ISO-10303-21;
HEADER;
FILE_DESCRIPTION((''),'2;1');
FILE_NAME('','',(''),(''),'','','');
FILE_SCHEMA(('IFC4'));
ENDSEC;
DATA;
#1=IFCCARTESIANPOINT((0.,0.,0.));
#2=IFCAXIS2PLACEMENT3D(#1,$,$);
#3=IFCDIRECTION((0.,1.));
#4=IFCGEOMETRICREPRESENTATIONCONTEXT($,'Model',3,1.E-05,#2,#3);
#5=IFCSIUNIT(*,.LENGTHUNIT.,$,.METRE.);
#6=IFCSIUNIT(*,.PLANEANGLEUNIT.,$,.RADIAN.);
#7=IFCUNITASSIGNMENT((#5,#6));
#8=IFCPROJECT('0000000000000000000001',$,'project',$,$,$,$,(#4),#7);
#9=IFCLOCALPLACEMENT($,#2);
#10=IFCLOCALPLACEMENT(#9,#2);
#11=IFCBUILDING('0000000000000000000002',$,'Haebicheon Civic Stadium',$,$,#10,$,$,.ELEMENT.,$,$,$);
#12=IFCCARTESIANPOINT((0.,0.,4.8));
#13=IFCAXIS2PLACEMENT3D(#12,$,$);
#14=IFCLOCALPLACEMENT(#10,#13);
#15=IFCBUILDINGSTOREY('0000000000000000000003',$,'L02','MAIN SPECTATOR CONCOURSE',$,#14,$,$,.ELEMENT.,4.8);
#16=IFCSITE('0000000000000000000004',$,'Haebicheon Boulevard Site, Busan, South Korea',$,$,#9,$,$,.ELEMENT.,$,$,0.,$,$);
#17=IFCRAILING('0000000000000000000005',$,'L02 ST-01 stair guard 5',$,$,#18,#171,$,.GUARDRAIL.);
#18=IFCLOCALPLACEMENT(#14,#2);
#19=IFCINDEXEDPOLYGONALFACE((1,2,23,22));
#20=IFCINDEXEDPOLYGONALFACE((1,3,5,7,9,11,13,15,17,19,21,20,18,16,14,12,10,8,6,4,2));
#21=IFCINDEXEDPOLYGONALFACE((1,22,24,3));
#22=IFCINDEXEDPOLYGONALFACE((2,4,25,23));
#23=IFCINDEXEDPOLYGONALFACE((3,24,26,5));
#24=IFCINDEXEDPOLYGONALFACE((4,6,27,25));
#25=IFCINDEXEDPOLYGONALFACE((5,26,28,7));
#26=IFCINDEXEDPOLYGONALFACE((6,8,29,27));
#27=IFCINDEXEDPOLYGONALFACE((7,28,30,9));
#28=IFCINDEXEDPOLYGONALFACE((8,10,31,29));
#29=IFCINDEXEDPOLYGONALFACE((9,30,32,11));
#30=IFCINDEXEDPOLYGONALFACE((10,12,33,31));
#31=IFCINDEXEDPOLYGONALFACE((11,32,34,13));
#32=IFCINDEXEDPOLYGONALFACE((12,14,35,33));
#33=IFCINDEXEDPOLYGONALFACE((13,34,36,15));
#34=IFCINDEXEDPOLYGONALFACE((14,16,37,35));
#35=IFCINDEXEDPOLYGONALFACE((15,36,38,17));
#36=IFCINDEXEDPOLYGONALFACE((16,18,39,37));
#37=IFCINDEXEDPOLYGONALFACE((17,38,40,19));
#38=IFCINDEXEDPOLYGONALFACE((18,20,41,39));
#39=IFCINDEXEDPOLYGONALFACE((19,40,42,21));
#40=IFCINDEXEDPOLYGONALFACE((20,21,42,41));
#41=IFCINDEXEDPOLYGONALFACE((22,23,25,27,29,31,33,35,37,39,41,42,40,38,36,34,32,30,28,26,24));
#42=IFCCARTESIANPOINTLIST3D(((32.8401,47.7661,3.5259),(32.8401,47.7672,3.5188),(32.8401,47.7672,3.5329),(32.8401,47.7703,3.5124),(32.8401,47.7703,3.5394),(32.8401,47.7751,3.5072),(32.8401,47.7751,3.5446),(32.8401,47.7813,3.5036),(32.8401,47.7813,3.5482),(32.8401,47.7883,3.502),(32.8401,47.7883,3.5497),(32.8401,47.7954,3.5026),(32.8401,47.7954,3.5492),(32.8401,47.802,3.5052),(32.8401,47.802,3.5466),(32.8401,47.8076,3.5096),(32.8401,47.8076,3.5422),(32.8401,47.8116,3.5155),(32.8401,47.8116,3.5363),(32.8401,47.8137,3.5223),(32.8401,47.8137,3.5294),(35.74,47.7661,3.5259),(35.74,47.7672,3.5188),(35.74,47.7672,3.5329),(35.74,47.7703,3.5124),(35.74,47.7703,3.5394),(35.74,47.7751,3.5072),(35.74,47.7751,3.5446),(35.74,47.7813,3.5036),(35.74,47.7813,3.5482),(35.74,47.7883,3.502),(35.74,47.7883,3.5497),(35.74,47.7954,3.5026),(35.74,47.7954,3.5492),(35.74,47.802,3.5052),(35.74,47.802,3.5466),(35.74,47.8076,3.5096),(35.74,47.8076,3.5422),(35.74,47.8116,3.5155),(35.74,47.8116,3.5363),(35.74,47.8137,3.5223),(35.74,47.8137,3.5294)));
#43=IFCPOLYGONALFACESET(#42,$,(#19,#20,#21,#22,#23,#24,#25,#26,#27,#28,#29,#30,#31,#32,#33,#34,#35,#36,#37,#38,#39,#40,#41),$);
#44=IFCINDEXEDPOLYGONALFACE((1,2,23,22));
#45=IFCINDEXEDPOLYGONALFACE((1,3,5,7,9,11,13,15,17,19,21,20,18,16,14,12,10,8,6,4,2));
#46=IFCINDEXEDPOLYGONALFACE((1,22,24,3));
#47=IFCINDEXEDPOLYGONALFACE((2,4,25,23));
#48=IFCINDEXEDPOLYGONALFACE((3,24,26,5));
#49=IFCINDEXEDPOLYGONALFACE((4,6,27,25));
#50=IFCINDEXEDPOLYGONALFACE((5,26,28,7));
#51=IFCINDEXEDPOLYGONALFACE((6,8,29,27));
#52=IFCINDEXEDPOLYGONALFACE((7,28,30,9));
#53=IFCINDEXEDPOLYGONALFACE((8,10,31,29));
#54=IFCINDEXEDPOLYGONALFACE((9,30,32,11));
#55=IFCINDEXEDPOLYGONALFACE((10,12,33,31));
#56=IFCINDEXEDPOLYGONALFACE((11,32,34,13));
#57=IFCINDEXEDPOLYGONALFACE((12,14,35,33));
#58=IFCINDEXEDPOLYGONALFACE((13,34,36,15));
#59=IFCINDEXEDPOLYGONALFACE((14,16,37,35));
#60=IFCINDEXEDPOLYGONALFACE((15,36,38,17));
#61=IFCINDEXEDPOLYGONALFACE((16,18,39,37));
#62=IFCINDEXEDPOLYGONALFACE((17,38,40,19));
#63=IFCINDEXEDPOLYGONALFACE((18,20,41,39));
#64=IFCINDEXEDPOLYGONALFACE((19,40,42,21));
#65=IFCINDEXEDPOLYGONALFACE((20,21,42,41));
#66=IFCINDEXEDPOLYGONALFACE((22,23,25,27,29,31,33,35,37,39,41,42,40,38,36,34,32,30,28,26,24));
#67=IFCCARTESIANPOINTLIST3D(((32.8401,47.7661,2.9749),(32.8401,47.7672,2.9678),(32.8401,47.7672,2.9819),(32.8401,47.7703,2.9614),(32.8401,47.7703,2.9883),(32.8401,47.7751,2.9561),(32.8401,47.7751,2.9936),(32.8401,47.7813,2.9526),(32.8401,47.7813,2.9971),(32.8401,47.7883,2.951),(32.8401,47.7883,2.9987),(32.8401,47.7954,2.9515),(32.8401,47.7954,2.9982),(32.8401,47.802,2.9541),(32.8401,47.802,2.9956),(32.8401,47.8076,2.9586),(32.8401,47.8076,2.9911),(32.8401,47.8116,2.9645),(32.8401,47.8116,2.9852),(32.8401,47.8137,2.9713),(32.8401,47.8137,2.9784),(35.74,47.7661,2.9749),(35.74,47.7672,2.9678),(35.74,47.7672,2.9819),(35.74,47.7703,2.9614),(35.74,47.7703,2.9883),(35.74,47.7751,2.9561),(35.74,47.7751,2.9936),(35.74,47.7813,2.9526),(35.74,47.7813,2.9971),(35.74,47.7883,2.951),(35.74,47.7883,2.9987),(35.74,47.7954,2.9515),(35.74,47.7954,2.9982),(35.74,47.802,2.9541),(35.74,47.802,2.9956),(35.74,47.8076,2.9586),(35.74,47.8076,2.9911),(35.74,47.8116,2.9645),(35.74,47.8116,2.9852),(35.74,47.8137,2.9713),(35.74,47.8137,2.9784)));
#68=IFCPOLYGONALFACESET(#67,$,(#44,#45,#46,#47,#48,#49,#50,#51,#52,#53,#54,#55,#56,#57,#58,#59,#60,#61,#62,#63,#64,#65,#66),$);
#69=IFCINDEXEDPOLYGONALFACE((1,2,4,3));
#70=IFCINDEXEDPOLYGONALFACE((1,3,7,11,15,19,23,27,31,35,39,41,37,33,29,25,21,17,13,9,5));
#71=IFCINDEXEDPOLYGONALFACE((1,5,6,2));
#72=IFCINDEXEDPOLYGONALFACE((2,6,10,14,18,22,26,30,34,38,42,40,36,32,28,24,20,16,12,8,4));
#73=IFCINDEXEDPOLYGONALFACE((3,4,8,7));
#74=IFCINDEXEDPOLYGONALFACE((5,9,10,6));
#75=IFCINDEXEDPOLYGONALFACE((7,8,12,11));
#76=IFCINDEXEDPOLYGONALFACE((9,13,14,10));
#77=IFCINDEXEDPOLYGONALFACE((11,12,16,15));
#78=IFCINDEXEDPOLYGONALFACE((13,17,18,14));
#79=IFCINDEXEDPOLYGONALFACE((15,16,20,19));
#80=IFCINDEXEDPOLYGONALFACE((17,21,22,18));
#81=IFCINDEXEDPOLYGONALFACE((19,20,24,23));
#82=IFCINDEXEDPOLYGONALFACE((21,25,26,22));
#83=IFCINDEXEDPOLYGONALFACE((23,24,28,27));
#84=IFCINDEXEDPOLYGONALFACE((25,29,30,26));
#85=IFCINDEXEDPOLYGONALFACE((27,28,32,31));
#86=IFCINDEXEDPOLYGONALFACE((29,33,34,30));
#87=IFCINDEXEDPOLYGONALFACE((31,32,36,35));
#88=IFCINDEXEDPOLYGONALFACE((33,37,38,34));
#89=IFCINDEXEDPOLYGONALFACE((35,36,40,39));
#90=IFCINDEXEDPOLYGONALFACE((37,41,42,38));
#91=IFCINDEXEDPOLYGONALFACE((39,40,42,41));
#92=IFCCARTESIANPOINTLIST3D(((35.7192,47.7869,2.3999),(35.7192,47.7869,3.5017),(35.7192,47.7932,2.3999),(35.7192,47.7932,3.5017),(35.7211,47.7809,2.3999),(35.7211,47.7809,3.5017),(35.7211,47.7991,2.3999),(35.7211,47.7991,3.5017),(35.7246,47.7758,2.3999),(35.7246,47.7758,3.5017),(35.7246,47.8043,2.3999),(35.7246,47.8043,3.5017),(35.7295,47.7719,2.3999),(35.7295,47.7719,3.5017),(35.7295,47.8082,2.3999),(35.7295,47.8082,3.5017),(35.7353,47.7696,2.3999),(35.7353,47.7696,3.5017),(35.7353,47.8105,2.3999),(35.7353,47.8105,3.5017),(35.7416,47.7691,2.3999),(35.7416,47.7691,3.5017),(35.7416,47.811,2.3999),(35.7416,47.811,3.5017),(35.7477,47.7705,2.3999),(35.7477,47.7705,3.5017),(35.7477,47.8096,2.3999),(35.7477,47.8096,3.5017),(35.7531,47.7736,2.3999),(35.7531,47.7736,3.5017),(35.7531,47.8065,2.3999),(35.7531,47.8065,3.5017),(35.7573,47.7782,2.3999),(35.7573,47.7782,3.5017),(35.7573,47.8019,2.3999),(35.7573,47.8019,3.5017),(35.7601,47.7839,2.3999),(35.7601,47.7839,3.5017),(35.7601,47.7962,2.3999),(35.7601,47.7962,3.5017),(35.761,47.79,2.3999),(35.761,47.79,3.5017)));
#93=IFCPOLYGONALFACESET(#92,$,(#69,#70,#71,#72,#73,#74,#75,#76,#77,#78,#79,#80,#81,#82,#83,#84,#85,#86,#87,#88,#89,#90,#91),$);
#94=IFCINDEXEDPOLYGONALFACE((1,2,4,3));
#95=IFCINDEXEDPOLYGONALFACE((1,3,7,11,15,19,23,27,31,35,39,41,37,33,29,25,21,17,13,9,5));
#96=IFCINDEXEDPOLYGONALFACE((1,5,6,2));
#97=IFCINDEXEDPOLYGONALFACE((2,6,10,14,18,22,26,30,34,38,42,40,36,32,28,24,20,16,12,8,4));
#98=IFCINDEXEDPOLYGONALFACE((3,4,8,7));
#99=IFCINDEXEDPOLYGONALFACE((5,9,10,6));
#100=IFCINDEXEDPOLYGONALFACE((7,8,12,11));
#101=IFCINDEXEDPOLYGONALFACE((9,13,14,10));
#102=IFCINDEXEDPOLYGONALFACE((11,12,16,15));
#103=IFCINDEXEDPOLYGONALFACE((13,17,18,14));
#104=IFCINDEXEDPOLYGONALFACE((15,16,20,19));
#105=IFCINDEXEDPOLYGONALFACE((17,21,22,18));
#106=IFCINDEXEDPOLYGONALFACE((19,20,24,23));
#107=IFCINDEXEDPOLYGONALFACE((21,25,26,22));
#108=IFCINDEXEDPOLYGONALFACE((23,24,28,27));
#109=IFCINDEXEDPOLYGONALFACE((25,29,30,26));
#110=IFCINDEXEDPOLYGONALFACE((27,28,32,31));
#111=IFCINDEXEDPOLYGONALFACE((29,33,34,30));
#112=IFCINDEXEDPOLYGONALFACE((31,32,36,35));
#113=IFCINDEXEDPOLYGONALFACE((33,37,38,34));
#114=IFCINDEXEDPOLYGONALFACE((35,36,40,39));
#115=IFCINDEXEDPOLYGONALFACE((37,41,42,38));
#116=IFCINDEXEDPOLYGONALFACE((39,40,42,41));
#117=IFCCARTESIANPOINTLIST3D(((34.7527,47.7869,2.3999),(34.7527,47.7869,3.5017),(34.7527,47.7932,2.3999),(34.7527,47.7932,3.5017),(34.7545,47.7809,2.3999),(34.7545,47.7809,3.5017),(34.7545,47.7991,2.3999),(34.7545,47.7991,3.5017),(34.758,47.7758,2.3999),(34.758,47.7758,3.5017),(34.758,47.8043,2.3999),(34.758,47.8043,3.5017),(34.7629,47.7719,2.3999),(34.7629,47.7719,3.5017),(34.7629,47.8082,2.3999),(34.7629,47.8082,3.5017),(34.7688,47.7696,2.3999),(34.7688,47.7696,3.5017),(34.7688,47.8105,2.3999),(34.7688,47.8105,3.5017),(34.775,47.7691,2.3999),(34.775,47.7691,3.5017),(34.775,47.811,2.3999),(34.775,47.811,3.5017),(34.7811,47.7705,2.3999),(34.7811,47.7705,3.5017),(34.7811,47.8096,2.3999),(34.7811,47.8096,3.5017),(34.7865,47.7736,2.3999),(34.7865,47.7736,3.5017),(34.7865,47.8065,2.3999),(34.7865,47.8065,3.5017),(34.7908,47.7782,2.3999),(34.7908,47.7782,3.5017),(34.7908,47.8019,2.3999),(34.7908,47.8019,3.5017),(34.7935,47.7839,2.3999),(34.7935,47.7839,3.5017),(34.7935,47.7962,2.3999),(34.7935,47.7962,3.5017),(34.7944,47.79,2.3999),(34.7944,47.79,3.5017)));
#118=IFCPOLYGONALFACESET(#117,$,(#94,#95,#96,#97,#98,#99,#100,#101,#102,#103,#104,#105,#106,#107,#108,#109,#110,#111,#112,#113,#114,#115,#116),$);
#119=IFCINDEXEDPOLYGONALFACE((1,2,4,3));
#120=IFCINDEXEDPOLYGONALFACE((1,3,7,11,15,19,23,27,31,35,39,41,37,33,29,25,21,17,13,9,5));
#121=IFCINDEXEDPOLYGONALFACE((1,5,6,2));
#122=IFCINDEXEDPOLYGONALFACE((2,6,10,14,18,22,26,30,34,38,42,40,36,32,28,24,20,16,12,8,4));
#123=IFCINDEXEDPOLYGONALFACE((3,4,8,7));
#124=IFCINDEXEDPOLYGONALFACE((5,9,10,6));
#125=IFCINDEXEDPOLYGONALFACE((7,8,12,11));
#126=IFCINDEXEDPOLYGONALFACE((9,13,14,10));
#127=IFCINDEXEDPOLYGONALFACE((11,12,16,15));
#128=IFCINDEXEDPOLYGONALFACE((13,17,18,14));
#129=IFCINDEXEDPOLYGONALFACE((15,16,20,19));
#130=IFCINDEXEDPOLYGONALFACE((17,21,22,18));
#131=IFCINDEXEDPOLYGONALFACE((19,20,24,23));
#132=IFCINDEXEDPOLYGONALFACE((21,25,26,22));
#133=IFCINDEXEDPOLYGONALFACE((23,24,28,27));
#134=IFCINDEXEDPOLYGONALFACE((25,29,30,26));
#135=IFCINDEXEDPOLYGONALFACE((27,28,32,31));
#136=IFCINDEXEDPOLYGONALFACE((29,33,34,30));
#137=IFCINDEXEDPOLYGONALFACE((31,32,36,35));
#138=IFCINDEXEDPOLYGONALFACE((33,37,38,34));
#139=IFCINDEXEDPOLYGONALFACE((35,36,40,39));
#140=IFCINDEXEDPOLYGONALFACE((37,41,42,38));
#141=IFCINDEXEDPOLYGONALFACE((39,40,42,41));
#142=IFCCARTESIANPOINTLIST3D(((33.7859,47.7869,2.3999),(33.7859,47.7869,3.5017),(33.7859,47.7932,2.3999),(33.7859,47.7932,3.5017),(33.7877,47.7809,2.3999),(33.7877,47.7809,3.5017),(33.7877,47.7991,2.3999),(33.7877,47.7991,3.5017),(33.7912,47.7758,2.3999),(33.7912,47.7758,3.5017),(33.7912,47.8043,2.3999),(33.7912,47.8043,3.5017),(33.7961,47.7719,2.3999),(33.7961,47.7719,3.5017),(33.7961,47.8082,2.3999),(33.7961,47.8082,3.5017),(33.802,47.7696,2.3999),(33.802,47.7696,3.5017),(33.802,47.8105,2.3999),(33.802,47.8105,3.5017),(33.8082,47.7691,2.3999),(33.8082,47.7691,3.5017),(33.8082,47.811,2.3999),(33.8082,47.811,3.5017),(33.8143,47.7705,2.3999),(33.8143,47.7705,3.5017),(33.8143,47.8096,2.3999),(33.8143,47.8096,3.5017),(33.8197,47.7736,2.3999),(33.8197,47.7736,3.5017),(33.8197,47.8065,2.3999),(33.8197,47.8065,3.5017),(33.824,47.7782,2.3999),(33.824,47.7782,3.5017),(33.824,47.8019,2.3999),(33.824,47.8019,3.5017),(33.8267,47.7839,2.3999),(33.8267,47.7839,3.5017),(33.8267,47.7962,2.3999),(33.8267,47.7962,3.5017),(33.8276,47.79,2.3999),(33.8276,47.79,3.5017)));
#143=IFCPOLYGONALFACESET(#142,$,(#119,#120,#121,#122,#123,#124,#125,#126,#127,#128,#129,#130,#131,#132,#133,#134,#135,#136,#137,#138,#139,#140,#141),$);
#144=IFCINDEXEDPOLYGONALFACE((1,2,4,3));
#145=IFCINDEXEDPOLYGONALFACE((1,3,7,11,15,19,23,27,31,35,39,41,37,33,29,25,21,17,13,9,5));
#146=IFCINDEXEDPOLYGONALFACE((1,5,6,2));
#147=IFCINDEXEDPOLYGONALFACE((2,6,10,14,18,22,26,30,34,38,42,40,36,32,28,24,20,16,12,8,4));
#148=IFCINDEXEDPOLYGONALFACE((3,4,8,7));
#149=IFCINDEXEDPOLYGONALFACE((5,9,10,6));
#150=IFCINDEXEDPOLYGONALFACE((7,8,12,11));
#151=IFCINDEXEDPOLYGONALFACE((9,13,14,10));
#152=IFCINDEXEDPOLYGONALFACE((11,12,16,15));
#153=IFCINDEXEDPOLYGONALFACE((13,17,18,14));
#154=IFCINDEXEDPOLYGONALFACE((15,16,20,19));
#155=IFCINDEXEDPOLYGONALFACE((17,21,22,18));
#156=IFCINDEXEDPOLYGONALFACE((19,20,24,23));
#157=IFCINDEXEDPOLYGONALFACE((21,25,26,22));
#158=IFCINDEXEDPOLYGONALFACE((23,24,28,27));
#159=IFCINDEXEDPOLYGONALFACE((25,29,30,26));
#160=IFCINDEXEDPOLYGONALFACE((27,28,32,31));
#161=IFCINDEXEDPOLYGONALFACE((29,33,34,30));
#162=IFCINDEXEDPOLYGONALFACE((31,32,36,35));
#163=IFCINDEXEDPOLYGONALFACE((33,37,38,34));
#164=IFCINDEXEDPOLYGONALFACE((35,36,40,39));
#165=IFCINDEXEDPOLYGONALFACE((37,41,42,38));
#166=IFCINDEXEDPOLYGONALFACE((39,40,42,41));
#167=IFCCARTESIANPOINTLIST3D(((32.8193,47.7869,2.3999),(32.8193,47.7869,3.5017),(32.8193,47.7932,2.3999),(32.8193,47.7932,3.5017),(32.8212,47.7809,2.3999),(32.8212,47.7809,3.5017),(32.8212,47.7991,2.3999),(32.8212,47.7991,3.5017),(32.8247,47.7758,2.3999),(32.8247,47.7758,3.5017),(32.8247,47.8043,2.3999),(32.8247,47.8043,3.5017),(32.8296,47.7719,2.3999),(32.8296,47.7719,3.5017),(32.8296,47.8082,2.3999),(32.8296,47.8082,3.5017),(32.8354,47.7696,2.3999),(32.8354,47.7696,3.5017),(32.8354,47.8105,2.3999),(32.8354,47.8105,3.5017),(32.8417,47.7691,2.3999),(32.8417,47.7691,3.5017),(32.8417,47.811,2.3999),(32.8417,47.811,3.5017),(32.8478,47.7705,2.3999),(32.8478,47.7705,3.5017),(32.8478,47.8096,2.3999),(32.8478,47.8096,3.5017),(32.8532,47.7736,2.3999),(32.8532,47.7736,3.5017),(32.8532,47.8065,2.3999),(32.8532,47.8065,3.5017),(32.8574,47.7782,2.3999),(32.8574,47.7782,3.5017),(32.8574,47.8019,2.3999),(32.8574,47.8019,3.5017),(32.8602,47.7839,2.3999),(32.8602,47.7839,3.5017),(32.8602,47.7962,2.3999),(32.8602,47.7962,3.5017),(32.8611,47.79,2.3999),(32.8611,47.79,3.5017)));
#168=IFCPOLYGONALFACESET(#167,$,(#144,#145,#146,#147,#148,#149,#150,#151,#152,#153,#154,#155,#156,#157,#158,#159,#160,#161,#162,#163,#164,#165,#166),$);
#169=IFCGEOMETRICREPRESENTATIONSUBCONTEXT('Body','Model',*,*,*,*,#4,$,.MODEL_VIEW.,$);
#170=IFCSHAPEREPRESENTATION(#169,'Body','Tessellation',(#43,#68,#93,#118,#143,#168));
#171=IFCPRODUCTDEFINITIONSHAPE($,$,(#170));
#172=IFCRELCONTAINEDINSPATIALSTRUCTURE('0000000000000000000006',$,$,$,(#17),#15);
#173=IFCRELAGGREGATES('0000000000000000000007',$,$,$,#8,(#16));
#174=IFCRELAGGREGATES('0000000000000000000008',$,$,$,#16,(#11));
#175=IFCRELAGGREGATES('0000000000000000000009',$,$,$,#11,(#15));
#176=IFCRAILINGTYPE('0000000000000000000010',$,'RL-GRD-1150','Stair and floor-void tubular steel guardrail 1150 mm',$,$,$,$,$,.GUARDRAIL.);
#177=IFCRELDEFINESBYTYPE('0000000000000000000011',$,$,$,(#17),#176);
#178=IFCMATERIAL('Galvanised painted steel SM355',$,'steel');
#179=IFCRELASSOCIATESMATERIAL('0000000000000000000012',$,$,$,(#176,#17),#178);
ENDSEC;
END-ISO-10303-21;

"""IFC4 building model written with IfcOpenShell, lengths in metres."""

from ifc_helpers import new_model, si_unit, direction, frame, origin, origin_2d, place, context, subcontext, project, spatial, circle, extrude, material, type_object, element, save


model = new_model("IFC4")

# Units and contexts
model_context = context("Model", 3, precision=1e-05, world=origin(), true_north=direction((0.0, 1.0)))
body_context = subcontext(model_context, "Body", "Model", "MODEL_VIEW")
ifc_project = project(units=[si_unit("LENGTHUNIT", "METRE"), si_unit("PLANEANGLEUNIT", "RADIAN")], contexts=[model_context])

# Site, building, storey
site_placement = place(None, origin())
site = spatial("IfcSite", under=ifc_project, at=site_placement, Name="Haebicheon Boulevard Site, Busan, South Korea", CompositionType="ELEMENT", RefElevation=0.0)
building_placement = place(site_placement, origin())
building = spatial("IfcBuilding", under=site, at=building_placement, Name="Haebicheon Civic Stadium", CompositionType="ELEMENT")
storey_placement = place(building_placement, frame((0.0, 0.0, 4.8)))
storey = spatial("IfcBuildingStorey", under=building, at=storey_placement, Name="L02", Description="MAIN SPECTATOR CONCOURSE", CompositionType="ELEMENT", Elevation=4.8)

# Railing
ifc_material_1 = material(Name="Galvanised painted steel SM355", Category="steel")
railing_type_1 = type_object("IfcRailingType", Name="RL-GRD-1150", Description="Stair and floor-void tubular steel guardrail 1150 mm", PredefinedType="GUARDRAIL", material=ifc_material_1)
railing_1_placement = place(storey_placement, frame((35.74, 47.79, 2.3999)))
element("IfcRailing", 1, at=railing_1_placement, inside=storey, type_object=railing_type_1, material=ifc_material_1, Name="L02 ST-01 stair guard 5", PredefinedType="GUARDRAIL", context=body_context, shape_type="SweptSolid", body=[
    extrude(circle(Radius=0.0239, at=origin_2d()), frame((0.0, 0.0, 1.126), z_axis=(-1.0, 0.0, 0.0), x_axis=(0.0, -1.0, 0.0)), (0.0, 0.0, 1.0), 2.8999),
    extrude(circle(Radius=0.0239, at=origin_2d()), frame((0.0, 0.0, 0.575), z_axis=(-1.0, 0.0, 0.0), x_axis=(0.0, -1.0, 0.0)), (0.0, 0.0, 1.0), 2.8999),
    extrude(circle(Radius=0.021, at=origin_2d()), origin(), (0.0, 0.0, 1.0), 1.1018),
    extrude(circle(Radius=0.021, at=origin_2d()), frame((-0.9666, 0.0, 0.0)), (0.0, 0.0, 1.0), 1.1018),
    extrude(circle(Radius=0.021, at=origin_2d()), frame((-1.9333, 0.0, 0.0)), (0.0, 0.0, 1.0), 1.1018),
    extrude(circle(Radius=0.021, at=origin_2d()), frame((-2.8999, 0.0, 0.0)), (0.0, 0.0, 1.0), 1.1018),
])

save(model, "model.ifc")
